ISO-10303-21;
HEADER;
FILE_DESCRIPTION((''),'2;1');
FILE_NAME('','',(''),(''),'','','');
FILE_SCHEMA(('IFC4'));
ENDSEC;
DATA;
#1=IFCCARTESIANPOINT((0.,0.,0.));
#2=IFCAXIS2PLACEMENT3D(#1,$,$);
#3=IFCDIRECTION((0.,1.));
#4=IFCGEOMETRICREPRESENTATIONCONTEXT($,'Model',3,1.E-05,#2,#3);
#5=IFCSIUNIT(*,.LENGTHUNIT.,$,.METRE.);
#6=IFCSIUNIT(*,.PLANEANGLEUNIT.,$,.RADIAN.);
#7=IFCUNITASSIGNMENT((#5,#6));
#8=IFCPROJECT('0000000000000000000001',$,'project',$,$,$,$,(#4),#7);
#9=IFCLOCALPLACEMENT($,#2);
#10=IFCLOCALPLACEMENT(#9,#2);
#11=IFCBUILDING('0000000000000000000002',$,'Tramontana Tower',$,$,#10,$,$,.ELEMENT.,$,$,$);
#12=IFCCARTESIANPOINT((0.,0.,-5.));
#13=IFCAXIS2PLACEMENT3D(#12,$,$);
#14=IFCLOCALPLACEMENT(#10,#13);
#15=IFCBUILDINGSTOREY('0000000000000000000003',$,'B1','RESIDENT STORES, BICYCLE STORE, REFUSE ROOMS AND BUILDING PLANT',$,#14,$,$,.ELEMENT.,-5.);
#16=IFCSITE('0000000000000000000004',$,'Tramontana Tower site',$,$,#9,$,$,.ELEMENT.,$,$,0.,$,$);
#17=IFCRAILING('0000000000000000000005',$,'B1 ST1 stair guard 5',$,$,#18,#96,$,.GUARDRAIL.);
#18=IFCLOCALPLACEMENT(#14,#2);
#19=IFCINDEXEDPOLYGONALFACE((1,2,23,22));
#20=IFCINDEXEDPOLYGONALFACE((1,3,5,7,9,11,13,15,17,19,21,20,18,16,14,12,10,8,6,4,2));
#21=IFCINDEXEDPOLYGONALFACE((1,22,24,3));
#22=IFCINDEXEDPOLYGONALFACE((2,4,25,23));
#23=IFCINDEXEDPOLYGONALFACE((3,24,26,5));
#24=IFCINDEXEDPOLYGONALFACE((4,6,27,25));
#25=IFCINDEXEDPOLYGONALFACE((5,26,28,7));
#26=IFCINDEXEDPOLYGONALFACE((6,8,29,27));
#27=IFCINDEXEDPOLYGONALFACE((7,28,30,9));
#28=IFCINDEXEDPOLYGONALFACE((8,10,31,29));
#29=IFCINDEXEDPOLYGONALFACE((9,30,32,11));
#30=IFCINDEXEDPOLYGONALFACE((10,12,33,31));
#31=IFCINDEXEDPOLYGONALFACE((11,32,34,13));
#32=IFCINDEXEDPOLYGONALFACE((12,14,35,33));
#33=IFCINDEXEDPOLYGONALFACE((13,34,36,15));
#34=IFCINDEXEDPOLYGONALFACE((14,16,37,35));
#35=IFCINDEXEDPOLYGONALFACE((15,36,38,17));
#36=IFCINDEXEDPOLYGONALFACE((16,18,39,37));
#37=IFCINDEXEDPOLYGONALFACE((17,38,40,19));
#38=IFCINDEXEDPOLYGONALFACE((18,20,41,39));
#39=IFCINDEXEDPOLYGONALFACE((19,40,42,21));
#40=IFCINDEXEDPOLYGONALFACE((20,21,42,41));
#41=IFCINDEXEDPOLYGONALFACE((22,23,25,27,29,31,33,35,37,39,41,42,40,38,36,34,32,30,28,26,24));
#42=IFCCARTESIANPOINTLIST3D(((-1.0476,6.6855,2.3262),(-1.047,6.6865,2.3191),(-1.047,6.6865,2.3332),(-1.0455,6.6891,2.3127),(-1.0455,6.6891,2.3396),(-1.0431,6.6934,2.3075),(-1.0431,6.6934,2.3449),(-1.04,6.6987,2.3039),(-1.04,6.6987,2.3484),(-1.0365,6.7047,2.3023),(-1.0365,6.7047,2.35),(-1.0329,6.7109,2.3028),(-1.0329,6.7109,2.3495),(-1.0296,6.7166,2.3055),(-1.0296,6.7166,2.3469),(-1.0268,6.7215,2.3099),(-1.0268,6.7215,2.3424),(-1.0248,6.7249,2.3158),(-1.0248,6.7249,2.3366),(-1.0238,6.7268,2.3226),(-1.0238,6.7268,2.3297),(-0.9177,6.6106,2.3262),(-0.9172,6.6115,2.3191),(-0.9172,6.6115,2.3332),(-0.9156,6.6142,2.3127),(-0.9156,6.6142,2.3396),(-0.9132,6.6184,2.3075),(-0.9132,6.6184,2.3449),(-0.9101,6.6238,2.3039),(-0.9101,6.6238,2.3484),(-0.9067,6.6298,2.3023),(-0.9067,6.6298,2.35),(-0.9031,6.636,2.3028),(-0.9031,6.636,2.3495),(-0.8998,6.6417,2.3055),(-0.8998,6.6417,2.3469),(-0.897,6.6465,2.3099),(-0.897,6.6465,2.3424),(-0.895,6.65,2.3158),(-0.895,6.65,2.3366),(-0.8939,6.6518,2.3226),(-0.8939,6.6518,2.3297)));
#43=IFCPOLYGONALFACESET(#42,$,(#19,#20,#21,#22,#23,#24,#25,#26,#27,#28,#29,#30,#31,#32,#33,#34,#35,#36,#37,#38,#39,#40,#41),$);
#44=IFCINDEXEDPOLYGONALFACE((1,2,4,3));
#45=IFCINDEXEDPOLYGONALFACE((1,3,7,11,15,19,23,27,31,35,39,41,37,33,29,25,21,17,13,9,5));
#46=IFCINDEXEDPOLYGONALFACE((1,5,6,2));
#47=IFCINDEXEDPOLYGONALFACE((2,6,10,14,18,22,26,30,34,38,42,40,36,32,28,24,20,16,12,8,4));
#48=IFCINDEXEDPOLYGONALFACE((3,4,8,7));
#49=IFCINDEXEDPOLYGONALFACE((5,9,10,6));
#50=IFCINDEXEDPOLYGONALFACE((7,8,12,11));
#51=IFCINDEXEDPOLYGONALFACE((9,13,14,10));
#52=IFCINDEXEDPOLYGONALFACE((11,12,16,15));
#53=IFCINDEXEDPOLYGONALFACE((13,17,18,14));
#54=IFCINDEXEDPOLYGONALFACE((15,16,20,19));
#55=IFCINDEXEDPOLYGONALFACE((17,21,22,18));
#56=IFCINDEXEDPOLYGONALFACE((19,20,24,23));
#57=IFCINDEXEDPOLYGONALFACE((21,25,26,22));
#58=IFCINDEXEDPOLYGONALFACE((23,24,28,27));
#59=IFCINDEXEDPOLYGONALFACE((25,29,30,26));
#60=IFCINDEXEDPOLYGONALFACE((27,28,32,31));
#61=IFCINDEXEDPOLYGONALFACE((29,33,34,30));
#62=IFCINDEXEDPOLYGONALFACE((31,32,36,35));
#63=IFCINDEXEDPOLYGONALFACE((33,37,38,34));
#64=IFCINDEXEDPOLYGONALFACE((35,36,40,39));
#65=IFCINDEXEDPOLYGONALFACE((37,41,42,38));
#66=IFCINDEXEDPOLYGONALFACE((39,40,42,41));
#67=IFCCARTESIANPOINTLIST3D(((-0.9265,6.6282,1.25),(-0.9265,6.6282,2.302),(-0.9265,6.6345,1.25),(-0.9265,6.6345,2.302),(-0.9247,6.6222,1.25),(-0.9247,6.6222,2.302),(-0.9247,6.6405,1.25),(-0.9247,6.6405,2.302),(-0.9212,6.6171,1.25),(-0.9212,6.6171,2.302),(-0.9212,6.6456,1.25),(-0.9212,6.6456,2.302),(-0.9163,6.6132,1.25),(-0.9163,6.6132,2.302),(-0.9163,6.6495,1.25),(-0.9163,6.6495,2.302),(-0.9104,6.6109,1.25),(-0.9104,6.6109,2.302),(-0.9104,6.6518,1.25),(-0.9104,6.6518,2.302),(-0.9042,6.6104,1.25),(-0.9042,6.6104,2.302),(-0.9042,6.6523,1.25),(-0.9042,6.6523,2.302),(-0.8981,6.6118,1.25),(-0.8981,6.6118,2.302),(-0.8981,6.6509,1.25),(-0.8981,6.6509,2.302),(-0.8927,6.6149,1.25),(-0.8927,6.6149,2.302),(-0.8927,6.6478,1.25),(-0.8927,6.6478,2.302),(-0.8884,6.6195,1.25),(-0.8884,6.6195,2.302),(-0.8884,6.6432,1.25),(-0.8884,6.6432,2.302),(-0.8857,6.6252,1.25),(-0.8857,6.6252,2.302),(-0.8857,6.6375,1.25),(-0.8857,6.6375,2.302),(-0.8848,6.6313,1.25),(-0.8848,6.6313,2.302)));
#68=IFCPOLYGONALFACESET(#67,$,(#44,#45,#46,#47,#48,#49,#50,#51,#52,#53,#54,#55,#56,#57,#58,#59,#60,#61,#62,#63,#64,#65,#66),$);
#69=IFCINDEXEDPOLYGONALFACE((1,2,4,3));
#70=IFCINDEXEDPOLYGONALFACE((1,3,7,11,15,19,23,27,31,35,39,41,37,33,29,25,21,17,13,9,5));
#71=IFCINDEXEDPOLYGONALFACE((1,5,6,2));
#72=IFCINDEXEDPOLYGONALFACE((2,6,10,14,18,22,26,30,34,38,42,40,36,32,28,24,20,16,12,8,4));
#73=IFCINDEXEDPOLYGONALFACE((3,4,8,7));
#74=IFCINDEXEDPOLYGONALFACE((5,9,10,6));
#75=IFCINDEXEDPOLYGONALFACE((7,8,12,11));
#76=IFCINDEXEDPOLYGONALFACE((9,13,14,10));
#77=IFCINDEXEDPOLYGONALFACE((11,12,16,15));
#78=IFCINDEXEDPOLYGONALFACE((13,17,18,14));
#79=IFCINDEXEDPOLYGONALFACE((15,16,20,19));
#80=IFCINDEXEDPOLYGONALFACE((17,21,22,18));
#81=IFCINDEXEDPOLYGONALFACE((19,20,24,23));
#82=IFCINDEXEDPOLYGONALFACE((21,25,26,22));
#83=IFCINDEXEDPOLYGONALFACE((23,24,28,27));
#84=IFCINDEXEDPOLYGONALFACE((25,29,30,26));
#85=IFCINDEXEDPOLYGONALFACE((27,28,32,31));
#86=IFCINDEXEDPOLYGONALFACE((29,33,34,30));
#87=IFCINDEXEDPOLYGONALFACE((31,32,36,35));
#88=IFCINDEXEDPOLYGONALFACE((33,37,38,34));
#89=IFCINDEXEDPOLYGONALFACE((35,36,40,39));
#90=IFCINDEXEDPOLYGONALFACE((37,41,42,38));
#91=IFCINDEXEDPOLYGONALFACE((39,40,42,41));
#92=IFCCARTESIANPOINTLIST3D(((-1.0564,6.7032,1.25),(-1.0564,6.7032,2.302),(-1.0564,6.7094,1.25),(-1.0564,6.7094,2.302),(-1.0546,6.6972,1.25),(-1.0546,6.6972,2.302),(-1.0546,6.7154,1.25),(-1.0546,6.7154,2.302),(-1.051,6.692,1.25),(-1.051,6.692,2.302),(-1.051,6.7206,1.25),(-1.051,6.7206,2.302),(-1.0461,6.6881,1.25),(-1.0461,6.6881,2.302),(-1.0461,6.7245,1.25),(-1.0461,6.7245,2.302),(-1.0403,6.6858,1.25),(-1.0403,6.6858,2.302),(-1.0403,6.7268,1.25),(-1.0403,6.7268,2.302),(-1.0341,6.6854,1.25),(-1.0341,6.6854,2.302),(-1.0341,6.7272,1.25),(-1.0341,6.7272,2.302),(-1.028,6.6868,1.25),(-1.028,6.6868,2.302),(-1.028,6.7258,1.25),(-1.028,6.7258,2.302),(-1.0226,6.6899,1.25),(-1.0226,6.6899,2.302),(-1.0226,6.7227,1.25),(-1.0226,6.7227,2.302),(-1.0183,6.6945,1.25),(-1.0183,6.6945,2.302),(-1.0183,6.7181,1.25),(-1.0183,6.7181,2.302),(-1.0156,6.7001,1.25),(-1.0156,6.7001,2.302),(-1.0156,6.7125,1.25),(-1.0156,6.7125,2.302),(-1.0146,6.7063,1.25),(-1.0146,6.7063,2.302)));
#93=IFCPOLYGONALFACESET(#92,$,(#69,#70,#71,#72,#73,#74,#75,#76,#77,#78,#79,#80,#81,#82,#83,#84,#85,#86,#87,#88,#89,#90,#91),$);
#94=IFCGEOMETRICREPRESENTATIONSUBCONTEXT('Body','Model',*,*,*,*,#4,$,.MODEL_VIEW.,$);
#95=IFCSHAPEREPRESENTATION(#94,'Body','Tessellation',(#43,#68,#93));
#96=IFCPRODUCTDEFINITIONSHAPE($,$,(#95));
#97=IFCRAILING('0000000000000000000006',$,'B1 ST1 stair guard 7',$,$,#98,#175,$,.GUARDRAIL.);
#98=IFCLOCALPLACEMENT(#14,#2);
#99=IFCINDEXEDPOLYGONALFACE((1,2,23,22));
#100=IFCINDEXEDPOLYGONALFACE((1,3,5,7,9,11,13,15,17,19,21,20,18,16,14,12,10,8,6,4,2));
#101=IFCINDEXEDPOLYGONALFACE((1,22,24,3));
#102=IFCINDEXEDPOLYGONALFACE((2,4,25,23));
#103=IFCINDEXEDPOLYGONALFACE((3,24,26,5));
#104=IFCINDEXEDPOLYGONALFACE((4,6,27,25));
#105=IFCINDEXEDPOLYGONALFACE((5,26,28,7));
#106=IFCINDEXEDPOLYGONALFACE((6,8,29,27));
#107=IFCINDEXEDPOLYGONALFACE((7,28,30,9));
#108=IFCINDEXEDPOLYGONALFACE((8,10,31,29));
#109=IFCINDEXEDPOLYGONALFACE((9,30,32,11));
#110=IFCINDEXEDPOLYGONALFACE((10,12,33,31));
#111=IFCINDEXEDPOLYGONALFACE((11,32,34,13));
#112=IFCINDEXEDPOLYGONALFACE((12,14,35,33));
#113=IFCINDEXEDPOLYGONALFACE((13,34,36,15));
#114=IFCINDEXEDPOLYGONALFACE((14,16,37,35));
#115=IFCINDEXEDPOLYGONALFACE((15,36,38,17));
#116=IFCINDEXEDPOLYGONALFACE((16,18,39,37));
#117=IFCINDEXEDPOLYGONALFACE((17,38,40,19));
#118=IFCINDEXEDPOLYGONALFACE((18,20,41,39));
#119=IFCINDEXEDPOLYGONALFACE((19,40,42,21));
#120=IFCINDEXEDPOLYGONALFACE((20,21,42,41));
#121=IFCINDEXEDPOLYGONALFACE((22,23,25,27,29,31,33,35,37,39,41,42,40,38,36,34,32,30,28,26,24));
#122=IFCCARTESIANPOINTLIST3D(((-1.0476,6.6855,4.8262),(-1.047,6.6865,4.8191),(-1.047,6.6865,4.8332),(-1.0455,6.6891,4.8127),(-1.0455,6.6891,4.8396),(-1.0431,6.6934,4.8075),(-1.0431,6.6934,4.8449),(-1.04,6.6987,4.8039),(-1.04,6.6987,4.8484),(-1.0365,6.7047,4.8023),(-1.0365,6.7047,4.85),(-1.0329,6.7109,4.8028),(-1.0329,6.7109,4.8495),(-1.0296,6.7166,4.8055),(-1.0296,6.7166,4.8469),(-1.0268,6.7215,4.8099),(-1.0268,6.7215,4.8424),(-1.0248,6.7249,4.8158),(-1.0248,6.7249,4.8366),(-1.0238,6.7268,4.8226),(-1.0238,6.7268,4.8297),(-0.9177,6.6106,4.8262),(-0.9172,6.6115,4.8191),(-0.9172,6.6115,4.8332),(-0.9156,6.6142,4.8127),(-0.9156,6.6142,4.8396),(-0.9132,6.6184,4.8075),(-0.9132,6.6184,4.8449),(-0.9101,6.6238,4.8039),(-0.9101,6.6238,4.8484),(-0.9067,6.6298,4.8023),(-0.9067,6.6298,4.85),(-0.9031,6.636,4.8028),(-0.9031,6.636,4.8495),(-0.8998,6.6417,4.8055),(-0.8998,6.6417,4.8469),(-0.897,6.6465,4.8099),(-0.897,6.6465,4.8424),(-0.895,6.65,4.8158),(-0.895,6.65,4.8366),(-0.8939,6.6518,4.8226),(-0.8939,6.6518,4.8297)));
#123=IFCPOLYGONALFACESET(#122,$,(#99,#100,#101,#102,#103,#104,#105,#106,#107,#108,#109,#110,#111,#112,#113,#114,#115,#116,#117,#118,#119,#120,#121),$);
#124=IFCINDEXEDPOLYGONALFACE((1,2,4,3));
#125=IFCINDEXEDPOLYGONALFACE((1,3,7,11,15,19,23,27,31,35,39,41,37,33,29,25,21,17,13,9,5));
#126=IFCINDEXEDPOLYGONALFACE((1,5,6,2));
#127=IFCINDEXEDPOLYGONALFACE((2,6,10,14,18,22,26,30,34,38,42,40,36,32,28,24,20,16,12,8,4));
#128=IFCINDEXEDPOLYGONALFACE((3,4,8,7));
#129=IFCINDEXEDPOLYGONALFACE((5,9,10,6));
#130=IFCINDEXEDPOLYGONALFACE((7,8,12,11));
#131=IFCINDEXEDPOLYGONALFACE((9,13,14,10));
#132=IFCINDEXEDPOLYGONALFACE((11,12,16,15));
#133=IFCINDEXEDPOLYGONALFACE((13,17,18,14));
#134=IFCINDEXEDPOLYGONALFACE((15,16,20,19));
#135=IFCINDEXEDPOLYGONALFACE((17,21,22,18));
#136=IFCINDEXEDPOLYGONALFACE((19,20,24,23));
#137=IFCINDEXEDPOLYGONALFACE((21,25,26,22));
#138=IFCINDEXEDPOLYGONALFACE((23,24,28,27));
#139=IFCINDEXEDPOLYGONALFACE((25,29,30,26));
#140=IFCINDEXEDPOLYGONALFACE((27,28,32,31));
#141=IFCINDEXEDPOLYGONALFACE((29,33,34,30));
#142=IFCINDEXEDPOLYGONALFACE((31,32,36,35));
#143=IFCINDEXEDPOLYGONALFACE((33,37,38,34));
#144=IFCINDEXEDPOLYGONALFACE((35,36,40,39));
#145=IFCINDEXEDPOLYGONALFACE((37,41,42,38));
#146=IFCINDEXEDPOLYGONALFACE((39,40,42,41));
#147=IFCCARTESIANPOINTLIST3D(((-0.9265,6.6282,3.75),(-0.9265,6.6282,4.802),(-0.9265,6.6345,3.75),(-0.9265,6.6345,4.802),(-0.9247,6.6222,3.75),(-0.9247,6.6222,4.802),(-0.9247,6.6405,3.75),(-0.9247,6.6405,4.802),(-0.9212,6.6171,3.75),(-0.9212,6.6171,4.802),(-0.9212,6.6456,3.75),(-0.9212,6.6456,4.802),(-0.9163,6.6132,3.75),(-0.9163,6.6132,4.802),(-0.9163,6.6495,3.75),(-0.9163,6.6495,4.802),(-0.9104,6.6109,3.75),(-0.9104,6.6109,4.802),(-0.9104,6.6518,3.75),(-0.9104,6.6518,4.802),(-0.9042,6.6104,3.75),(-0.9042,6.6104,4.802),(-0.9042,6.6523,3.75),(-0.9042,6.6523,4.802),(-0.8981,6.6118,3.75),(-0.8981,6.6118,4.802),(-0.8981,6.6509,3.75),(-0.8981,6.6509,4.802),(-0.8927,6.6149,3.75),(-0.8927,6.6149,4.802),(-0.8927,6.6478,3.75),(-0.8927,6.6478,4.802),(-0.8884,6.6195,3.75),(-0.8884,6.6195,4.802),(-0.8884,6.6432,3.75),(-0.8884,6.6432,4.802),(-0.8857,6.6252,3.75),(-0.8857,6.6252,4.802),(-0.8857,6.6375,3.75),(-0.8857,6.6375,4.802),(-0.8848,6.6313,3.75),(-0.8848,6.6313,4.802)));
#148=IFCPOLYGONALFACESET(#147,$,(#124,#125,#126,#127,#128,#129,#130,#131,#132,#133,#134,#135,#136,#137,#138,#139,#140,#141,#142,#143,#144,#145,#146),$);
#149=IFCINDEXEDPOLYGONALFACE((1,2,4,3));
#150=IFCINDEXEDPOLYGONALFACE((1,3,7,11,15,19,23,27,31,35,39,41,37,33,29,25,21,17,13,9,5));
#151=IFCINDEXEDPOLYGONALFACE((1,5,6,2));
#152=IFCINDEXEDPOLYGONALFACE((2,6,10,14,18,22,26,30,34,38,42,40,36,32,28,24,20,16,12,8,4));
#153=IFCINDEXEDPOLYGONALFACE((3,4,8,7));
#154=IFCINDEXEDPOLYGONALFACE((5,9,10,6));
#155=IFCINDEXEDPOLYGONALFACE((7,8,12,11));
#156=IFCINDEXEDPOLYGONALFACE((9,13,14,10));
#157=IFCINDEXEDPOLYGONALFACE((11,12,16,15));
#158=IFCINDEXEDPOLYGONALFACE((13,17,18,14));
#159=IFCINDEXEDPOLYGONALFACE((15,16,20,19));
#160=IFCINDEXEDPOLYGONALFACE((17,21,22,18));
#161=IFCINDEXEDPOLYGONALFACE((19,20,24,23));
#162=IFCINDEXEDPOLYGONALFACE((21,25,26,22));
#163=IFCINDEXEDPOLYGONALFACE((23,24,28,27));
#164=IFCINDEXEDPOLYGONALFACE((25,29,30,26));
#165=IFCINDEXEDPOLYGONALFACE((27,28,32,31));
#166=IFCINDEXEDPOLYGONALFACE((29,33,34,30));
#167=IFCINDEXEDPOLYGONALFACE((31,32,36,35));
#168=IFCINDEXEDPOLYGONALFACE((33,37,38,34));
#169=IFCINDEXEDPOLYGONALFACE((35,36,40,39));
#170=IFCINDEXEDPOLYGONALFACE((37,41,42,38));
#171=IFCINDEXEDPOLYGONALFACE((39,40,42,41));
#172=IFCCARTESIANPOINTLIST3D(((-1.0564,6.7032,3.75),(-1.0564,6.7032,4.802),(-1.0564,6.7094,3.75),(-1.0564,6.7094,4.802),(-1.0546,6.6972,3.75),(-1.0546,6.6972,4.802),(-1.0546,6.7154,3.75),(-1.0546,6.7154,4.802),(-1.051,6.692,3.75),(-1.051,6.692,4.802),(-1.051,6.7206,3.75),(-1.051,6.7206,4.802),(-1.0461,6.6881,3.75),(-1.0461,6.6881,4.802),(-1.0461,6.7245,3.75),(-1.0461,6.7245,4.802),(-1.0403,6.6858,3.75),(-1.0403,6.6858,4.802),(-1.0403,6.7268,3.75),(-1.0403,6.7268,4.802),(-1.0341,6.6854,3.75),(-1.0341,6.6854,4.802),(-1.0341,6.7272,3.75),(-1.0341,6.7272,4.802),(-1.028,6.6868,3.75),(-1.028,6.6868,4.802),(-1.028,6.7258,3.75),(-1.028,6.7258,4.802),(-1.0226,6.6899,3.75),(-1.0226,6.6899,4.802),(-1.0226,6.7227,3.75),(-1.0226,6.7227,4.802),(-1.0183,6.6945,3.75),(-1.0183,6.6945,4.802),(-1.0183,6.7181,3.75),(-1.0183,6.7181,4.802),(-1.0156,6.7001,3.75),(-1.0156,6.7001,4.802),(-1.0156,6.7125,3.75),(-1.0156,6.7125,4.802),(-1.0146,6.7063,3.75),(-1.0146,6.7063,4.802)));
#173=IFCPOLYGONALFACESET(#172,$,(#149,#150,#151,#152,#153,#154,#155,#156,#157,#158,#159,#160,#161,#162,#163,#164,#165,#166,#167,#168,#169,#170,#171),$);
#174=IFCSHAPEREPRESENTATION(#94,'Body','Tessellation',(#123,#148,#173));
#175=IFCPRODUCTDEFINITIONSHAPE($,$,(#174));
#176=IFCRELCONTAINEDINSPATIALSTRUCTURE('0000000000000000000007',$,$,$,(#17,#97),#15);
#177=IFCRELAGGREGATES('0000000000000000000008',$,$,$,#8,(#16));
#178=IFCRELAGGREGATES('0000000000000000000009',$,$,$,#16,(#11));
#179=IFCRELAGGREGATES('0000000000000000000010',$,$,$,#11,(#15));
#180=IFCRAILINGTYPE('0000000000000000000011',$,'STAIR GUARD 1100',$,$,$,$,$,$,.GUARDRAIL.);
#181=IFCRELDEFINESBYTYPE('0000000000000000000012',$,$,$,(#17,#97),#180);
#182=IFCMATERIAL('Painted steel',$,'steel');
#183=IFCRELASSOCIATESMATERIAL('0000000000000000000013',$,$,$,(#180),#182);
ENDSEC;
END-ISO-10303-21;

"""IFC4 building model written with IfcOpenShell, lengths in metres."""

from ifc_helpers import new_model, si_unit, direction, frame, origin, origin_2d, place, context, subcontext, project, spatial, circle, extrude, material, type_object, element, save


model = new_model("IFC4")

# Units and contexts
model_context = context("Model", 3, precision=1e-05, world=origin(), true_north=direction((0.0, 1.0)))
body_context = subcontext(model_context, "Body", "Model", "MODEL_VIEW")
ifc_project = project(units=[si_unit("LENGTHUNIT", "METRE"), si_unit("PLANEANGLEUNIT", "RADIAN")], contexts=[model_context])

# Site, building, storey
site_placement = place(None, origin())
site = spatial("IfcSite", under=ifc_project, at=site_placement, Name="Tramontana Tower site", CompositionType="ELEMENT", RefElevation=0.0)
building_placement = place(site_placement, origin())
building = spatial("IfcBuilding", under=site, at=building_placement, Name="Tramontana Tower", CompositionType="ELEMENT")
storey_placement = place(building_placement, frame((0.0, 0.0, -5.0)))
storey = spatial("IfcBuildingStorey", under=building, at=storey_placement, Name="B1", Description="RESIDENT STORES, BICYCLE STORE, REFUSE ROOMS AND BUILDING PLANT", CompositionType="ELEMENT", Elevation=-5.0)

# Railings
ifc_material_1 = material(Name="Painted steel", Category="steel")
railing_type_1 = type_object("IfcRailingType", Name="STAIR GUARD 1100", PredefinedType="GUARDRAIL", material=ifc_material_1)
for number, where, name in (
    (1, (-0.9058, 6.6313, 1.25), "B1 ST1 stair guard 5"),
    (2, (-0.9058, 6.6313, 3.75), "B1 ST1 stair guard 7"),
):
    element("IfcRailing", number, at=place(storey_placement, frame(where)), inside=storey, type_object=railing_type_1, Name=name, PredefinedType="GUARDRAIL", context=body_context, shape_type="SweptSolid", body=[
        extrude(circle(Radius=0.0239, at=origin_2d()), frame((0.0, 0.0, 1.0762), z_axis=(-0.866131, 0.499816, 0.0), x_axis=(-0.499816, -0.866131, 0.0)), (0.0, 0.0, 1.0), 0.1499),
        extrude(circle(Radius=0.021, at=origin_2d()), origin(), (0.0, 0.0, 1.0), 1.052),
        extrude(circle(Radius=0.021, at=origin_2d()), frame((-0.1299, 0.075, 0.0)), (0.0, 0.0, 1.0), 1.052),
    ])

save(model, "model.ifc")
